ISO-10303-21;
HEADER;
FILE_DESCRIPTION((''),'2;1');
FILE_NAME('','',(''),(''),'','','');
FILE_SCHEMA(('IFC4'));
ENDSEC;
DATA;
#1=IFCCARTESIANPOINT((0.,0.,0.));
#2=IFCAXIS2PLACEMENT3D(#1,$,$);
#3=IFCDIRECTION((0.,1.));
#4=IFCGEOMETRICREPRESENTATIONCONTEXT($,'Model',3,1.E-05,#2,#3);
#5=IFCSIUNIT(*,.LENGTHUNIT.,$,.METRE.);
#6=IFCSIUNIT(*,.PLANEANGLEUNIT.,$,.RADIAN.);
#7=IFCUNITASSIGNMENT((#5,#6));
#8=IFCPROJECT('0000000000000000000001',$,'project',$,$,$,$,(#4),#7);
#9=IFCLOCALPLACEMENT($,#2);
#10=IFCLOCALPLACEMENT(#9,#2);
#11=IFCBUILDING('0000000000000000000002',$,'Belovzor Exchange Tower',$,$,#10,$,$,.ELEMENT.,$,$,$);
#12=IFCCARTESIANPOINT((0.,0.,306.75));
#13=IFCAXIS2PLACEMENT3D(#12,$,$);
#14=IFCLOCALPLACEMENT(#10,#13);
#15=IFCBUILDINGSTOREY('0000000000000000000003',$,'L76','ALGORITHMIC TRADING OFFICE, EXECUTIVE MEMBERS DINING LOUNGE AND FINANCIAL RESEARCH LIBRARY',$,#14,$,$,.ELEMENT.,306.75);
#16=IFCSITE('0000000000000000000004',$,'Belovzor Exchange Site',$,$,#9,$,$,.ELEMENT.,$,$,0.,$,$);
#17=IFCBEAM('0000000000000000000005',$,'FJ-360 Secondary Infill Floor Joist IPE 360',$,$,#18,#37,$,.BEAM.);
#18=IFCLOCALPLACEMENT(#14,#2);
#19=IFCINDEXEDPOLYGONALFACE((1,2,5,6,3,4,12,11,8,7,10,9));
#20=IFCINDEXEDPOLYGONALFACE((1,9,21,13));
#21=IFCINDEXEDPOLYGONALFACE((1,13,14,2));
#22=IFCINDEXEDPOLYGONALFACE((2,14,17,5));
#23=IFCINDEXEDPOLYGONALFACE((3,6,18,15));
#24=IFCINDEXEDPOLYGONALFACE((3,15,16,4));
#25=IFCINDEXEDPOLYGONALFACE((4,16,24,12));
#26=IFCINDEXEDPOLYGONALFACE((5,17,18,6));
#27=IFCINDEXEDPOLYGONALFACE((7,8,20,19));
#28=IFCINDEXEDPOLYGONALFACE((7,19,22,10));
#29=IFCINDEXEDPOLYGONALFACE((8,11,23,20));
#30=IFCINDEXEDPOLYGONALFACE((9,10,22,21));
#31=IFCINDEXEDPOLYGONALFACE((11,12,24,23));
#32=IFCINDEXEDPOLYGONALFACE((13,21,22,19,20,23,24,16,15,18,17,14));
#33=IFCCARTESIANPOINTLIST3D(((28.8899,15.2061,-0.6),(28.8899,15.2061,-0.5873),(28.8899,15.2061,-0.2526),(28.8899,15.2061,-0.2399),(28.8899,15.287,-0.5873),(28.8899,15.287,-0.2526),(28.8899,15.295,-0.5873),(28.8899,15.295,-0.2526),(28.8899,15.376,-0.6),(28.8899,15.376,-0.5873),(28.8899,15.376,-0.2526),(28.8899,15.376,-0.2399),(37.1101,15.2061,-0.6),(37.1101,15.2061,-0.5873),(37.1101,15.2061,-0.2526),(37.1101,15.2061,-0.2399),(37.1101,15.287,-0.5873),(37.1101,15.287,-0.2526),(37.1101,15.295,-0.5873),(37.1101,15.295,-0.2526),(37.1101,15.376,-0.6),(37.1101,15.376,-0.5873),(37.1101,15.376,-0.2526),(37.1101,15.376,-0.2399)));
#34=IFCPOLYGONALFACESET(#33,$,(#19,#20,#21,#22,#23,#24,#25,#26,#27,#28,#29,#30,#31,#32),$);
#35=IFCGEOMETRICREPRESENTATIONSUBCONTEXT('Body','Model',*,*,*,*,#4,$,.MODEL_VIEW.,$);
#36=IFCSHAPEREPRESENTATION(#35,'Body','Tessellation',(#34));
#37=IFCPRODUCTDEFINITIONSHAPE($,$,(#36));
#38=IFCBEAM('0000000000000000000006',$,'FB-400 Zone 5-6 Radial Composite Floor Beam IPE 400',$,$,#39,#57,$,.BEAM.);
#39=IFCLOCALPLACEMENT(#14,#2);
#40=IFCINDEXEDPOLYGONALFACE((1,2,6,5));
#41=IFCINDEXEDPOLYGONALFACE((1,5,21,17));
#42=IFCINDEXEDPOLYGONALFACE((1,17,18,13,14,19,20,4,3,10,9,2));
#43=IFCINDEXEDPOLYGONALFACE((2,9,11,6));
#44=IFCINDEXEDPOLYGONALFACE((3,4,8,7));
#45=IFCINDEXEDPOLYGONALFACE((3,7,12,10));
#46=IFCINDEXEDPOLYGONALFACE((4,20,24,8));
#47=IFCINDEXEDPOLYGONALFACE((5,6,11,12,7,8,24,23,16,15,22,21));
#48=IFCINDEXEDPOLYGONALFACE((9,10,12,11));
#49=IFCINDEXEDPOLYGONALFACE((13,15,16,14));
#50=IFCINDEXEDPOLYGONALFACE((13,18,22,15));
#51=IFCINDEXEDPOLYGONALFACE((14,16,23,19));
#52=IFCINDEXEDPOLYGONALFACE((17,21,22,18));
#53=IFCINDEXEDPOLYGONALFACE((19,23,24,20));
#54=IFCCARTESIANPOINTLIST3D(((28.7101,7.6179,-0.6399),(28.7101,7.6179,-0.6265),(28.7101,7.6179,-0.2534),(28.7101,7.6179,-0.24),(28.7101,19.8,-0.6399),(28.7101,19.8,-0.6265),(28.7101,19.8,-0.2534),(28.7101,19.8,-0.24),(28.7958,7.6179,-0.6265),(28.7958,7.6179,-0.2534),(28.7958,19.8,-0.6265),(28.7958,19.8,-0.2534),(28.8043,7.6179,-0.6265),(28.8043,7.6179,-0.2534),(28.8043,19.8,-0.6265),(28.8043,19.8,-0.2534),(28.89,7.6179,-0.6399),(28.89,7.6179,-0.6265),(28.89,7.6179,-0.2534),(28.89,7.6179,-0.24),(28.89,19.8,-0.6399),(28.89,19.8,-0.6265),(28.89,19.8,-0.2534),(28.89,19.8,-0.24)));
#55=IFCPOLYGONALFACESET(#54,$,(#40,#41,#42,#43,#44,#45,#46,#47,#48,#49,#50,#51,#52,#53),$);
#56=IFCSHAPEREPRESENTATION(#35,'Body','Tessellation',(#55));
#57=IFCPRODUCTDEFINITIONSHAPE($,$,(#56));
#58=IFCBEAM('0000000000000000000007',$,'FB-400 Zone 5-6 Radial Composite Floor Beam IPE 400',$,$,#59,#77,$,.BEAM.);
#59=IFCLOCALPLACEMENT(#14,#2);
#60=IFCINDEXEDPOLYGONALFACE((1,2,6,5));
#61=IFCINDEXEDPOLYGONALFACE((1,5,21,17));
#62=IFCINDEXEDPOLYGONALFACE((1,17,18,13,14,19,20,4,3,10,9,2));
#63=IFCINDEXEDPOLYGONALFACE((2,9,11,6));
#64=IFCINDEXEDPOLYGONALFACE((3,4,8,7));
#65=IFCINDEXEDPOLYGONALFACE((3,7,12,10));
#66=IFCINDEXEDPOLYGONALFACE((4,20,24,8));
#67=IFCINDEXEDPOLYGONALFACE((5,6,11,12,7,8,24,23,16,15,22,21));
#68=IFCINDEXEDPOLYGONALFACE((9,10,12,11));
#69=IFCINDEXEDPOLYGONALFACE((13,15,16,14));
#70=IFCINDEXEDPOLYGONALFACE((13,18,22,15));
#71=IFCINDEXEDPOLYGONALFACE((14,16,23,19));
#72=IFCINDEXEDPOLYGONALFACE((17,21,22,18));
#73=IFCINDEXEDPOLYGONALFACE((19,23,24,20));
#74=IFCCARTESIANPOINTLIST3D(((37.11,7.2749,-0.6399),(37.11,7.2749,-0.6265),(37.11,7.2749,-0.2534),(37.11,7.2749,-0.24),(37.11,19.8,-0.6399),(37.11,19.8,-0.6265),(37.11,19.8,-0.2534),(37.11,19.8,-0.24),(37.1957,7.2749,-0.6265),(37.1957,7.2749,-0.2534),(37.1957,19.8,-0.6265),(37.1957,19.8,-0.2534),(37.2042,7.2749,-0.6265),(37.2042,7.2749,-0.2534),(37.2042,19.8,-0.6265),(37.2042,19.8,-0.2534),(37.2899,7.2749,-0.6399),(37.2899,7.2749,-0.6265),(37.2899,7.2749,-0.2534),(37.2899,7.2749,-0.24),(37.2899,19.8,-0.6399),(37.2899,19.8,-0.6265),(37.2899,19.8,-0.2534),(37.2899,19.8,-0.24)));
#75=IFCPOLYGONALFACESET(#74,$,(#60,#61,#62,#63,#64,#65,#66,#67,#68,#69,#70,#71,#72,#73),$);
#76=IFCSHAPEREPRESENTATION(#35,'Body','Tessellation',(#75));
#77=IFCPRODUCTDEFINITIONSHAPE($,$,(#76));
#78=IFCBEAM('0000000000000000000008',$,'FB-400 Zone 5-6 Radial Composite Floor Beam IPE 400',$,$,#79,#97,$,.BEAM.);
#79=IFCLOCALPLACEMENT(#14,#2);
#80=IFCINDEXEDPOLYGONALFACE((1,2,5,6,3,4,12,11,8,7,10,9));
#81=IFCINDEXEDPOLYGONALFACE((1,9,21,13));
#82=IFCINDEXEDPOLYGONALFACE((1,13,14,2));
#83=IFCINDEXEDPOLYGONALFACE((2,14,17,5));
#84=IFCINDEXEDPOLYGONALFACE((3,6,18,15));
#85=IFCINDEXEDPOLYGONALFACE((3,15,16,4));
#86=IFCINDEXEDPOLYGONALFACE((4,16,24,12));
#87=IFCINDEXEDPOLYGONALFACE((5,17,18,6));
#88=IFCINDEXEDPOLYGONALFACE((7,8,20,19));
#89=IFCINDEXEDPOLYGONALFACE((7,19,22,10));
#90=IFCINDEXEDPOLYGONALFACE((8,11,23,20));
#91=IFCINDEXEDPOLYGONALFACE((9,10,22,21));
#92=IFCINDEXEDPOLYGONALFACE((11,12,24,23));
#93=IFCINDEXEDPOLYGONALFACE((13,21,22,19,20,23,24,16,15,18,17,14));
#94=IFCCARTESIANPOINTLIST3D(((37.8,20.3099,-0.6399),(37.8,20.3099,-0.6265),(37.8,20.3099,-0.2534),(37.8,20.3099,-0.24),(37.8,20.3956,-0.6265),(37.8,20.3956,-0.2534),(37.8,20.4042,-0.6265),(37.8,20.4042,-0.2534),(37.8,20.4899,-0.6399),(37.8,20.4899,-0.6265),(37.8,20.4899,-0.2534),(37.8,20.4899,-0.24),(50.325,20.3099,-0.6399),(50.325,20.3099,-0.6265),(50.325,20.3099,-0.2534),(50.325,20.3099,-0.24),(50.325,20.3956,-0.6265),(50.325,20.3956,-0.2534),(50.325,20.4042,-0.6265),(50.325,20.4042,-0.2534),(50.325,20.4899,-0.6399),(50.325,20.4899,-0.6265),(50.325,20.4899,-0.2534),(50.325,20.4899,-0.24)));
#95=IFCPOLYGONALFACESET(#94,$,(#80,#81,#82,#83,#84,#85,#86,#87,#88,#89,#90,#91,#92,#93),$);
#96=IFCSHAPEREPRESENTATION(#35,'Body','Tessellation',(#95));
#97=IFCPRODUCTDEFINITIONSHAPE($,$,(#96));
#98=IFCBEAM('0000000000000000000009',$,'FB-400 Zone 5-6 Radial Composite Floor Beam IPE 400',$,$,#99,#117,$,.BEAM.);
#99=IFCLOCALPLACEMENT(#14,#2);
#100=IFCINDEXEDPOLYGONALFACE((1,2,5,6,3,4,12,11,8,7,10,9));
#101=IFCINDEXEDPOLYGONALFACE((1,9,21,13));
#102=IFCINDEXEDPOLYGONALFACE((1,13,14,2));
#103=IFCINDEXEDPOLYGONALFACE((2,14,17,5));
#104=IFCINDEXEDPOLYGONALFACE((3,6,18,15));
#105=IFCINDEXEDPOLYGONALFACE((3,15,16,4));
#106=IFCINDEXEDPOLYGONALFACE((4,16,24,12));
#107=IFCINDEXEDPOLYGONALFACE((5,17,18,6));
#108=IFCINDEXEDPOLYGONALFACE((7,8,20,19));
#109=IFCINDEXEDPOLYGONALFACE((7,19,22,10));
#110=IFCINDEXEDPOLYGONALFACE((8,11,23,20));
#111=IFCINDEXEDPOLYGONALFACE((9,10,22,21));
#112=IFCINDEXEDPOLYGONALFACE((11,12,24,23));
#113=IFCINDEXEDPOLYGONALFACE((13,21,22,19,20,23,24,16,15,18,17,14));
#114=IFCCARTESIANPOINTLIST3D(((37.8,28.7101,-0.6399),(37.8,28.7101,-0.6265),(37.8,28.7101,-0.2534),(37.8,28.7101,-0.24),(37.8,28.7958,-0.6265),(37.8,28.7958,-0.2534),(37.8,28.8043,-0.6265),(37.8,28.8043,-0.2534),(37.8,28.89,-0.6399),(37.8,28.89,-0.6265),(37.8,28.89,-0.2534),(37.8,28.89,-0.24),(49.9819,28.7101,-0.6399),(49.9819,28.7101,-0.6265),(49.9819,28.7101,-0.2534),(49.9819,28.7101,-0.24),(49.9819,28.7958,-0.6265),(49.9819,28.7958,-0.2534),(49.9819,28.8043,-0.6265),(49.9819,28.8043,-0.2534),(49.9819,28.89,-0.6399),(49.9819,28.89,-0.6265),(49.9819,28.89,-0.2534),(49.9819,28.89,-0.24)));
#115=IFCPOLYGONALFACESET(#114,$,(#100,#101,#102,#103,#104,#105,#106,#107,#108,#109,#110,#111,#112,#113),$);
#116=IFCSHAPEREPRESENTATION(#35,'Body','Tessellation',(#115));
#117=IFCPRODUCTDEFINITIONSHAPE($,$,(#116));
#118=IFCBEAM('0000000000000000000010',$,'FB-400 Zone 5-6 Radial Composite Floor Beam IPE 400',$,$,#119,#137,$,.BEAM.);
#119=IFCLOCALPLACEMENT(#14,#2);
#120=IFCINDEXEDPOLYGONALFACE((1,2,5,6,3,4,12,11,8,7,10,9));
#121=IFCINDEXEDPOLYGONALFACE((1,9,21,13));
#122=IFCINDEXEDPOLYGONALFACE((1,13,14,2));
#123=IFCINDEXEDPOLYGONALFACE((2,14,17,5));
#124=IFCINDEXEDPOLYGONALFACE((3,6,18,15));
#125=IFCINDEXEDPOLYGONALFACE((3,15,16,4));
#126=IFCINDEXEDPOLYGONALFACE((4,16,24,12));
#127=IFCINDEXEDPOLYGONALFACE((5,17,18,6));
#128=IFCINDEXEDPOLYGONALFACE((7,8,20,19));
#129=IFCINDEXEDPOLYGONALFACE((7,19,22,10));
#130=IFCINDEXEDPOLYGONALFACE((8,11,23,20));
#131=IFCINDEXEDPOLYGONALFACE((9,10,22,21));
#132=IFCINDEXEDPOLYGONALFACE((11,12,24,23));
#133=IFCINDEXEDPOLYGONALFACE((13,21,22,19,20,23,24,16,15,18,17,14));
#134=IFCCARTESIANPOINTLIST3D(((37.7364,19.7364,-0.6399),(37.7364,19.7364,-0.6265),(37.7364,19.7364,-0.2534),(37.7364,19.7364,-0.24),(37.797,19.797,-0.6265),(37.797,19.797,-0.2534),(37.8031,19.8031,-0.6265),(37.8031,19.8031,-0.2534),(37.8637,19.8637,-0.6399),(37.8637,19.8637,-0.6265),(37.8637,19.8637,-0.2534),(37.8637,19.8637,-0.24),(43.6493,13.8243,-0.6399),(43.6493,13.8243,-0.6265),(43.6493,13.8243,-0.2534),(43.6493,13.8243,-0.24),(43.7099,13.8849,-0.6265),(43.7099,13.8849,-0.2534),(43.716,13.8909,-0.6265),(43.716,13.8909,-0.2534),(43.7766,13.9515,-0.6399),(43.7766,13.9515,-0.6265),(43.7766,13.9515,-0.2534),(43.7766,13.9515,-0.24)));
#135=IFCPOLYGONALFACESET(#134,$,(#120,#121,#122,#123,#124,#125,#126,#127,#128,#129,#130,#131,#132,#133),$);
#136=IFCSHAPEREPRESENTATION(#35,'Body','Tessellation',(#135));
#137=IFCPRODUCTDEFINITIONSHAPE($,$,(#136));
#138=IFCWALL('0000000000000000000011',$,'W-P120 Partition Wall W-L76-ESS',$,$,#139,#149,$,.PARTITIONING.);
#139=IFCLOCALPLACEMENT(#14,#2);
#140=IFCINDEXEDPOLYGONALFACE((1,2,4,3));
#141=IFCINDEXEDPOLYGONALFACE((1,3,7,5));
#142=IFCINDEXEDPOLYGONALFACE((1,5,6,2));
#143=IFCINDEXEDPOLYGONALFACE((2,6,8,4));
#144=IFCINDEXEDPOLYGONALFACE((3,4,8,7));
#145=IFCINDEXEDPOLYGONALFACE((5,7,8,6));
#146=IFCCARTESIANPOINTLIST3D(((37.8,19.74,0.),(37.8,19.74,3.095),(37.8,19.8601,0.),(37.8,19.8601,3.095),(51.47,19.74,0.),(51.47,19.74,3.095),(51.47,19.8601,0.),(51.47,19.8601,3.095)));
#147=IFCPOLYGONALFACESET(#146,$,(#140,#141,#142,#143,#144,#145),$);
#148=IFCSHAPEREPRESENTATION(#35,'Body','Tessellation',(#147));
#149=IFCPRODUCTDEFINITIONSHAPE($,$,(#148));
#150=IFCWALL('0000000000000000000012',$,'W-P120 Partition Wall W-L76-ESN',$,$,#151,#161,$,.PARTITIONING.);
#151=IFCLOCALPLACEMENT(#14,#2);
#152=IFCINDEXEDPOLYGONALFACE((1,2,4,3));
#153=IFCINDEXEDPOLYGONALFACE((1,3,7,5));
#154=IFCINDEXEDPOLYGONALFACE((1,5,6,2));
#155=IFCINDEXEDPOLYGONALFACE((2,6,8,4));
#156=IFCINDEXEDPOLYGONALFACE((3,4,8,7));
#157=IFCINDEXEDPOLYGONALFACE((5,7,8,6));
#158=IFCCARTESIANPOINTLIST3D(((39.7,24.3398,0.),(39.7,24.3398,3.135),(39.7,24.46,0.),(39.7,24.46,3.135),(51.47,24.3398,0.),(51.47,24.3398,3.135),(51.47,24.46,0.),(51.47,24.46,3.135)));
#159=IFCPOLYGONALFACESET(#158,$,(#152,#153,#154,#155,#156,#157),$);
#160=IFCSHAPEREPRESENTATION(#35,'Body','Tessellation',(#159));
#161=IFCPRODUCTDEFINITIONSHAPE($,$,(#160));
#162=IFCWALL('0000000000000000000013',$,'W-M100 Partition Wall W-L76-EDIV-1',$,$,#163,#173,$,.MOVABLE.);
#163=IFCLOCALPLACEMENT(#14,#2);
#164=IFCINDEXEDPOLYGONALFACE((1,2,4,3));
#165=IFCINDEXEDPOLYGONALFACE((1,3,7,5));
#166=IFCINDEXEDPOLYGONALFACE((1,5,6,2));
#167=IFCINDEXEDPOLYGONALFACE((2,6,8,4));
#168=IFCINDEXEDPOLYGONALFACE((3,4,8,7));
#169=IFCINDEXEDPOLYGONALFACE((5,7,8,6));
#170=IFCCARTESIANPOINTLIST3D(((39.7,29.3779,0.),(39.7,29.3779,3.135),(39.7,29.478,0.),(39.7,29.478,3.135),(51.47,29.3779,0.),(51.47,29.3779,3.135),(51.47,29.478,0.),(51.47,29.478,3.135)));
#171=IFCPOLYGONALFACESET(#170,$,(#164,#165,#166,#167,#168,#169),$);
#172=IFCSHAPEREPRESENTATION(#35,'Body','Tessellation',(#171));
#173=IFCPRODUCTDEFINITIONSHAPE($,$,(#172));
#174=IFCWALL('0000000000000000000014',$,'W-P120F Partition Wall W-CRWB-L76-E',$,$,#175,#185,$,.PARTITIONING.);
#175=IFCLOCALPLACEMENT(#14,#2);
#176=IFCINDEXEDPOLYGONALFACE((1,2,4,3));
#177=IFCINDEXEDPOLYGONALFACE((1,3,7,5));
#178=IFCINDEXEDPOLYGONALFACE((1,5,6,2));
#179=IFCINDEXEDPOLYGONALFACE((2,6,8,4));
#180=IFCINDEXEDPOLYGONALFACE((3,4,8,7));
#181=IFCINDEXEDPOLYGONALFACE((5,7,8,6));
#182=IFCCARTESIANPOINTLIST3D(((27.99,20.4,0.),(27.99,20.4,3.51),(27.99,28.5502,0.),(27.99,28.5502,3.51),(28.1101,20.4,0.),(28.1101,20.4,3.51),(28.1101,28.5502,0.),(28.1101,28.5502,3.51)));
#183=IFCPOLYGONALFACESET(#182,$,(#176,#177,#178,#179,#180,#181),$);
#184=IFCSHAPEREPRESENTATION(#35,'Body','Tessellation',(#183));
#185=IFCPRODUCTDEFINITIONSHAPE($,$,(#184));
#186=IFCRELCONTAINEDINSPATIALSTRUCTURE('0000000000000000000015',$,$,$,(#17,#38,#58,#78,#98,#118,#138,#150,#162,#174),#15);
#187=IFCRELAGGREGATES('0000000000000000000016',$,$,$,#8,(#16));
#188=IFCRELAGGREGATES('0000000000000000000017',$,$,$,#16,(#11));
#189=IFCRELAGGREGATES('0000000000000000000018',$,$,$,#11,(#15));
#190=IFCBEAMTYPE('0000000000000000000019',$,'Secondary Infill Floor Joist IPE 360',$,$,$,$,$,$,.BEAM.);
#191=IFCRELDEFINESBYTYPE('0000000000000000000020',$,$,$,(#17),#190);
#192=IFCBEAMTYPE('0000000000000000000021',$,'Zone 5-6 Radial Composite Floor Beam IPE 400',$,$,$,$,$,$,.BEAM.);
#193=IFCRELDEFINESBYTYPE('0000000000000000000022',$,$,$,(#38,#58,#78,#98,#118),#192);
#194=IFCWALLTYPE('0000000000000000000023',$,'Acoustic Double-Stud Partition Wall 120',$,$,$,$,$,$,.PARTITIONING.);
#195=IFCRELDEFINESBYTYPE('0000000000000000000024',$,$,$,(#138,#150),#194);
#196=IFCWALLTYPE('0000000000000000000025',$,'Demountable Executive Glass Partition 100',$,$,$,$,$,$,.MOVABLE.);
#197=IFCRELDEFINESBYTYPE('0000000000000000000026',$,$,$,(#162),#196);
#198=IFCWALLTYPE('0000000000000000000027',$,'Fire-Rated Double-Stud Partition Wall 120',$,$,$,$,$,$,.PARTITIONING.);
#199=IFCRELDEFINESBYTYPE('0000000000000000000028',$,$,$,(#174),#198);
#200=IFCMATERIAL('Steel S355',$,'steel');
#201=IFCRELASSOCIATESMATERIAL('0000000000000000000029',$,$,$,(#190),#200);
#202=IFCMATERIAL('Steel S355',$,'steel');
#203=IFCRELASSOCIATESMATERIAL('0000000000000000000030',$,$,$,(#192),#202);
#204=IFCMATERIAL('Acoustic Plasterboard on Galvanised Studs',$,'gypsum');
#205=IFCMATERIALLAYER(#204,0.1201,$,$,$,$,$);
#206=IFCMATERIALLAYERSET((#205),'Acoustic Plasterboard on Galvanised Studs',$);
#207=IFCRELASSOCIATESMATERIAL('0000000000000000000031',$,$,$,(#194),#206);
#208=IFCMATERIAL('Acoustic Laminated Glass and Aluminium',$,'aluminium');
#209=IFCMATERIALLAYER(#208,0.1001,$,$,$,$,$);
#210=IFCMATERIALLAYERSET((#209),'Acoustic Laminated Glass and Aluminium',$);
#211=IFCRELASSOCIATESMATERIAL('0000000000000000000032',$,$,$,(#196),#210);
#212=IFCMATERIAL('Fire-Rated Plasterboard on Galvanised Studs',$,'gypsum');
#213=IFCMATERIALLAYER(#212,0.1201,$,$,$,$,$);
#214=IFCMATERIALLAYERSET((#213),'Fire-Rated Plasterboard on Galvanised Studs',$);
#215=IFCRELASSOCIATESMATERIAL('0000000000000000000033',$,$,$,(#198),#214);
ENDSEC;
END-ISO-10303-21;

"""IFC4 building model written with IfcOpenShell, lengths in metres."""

from ifc_helpers import new_model, si_unit, direction, frame, frame_2d, origin, origin_2d, place, context, subcontext, project, spatial, rectangle, i_section, extrude, material, layer, layer_set, material_profile, profile_set, type_object, element, save


model = new_model("IFC4")

# Units and contexts
model_context = context("Model", 3, precision=1e-05, world=origin(), true_north=direction((0.0, 1.0)))
body_context = subcontext(model_context, "Body", "Model", "MODEL_VIEW")
ifc_project = project(units=[si_unit("LENGTHUNIT", "METRE"), si_unit("PLANEANGLEUNIT", "RADIAN")], contexts=[model_context])

# Site, building, storey
site_placement = place(None, origin())
site = spatial("IfcSite", under=ifc_project, at=site_placement, Name="Belovzor Exchange Site", CompositionType="ELEMENT", RefElevation=0.0)
building_placement = place(site_placement, origin())
building = spatial("IfcBuilding", under=site, at=building_placement, Name="Belovzor Exchange Tower", CompositionType="ELEMENT")
storey_placement = place(building_placement, frame((0.0, 0.0, 306.75)))
storey = spatial("IfcBuildingStorey", under=building, at=storey_placement, Name="L76", Description="ALGORITHMIC TRADING OFFICE, EXECUTIVE MEMBERS DINING LOUNGE AND FINANCIAL RESEARCH LIBRARY", CompositionType="ELEMENT", Elevation=306.75)

# Beams
ifc_material_1 = material(Name="Steel S355", Category="steel")
ifc_material_profile_1 = material_profile(ifc_material_1, i_section(OverallWidth=0.1699, OverallDepth=0.3601, WebThickness=0.0081, FlangeThickness=0.0127, at=origin_2d()))
ifc_profile_set_1 = profile_set([ifc_material_profile_1], Name="Steel S355")
beam_type_1 = type_object("IfcBeamType", Name="Secondary Infill Floor Joist IPE 360", PredefinedType="BEAM", material=ifc_profile_set_1)
beam_1_placement = place(storey_placement, frame((28.8899, 15.291, -0.4199), z_axis=(1.0, 0.0, 0.0), x_axis=(0.0, 1.0, 0.0)))
element("IfcBeam", 1, at=beam_1_placement, inside=storey, type_object=beam_type_1, Name="FJ-360 Secondary Infill Floor Joist IPE 360", PredefinedType="BEAM", context=body_context, shape_type="SweptSolid", body=[
    extrude(i_section(OverallWidth=0.1699, OverallDepth=0.3601, WebThickness=0.0081, FlangeThickness=0.0127, at=origin_2d()), origin(), (0.0, 0.0, 1.0), 8.2202),
])
ifc_material_2 = material(Name="Steel S355", Category="steel")
ifc_material_profile_2 = material_profile(ifc_material_2, i_section(OverallWidth=0.1799, OverallDepth=0.3999, WebThickness=0.0085, FlangeThickness=0.0134, at=origin_2d()))
ifc_profile_set_2 = profile_set([ifc_material_profile_2], Name="Steel S355")
beam_type_2 = type_object("IfcBeamType", Name="Zone 5-6 Radial Composite Floor Beam IPE 400", PredefinedType="BEAM", material=ifc_profile_set_2)
beam_2_placement = place(storey_placement, frame((28.8, 19.8, -0.4399), z_axis=(0.0, -1.0, 0.0), x_axis=(1.0, 0.0, 0.0)))
element("IfcBeam", 2, at=beam_2_placement, inside=storey, type_object=beam_type_2, Name="FB-400 Zone 5-6 Radial Composite Floor Beam IPE 400", PredefinedType="BEAM", context=body_context, shape_type="SweptSolid", body=[
    extrude(i_section(OverallWidth=0.1799, OverallDepth=0.3999, WebThickness=0.0085, FlangeThickness=0.0134, at=origin_2d()), origin(), (0.0, 0.0, 1.0), 12.1821),
])
beam_3_placement = place(storey_placement, frame((37.2, 19.8, -0.4399), z_axis=(0.0, -1.0, 0.0), x_axis=(1.0, 0.0, 0.0)))
element("IfcBeam", 3, at=beam_3_placement, inside=storey, type_object=beam_type_2, Name="FB-400 Zone 5-6 Radial Composite Floor Beam IPE 400", PredefinedType="BEAM", context=body_context, shape_type="SweptSolid", body=[
    extrude(i_section(OverallWidth=0.1799, OverallDepth=0.3999, WebThickness=0.0085, FlangeThickness=0.0134, at=origin_2d()), origin(), (0.0, 0.0, 1.0), 12.5251),
])
beam_4_placement = place(storey_placement, frame((37.8, 20.3999, -0.4399), z_axis=(1.0, 0.0, 0.0), x_axis=(0.0, 1.0, 0.0)))
element("IfcBeam", 4, at=beam_4_placement, inside=storey, type_object=beam_type_2, Name="FB-400 Zone 5-6 Radial Composite Floor Beam IPE 400", PredefinedType="BEAM", context=body_context, shape_type="SweptSolid", body=[
    extrude(i_section(OverallWidth=0.1799, OverallDepth=0.3999, WebThickness=0.0085, FlangeThickness=0.0134, at=origin_2d()), origin(), (0.0, 0.0, 1.0), 12.5249),
])
beam_5_placement = place(storey_placement, frame((37.8, 28.8, -0.4399), z_axis=(1.0, 0.0, 0.0), x_axis=(0.0, 1.0, 0.0)))
element("IfcBeam", 5, at=beam_5_placement, inside=storey, type_object=beam_type_2, Name="FB-400 Zone 5-6 Radial Composite Floor Beam IPE 400", PredefinedType="BEAM", context=body_context, shape_type="SweptSolid", body=[
    extrude(i_section(OverallWidth=0.1799, OverallDepth=0.3999, WebThickness=0.0085, FlangeThickness=0.0134, at=origin_2d()), origin(), (0.0, 0.0, 1.0), 12.1819),
])
beam_6_placement = place(storey_placement, frame((37.8, 19.8, -0.4399), z_axis=(0.707151, -0.707063, 0.0), x_axis=(0.707063, 0.707151, 0.0)))
element("IfcBeam", 6, at=beam_6_placement, inside=storey, type_object=beam_type_2, Name="FB-400 Zone 5-6 Radial Composite Floor Beam IPE 400", PredefinedType="BEAM", context=body_context, shape_type="SweptSolid", body=[
    extrude(i_section(OverallWidth=0.1799, OverallDepth=0.3999, WebThickness=0.0085, FlangeThickness=0.0134, at=origin_2d()), origin(), (0.0, 0.0, 1.0), 8.3616),
])

# Walls
ifc_material_3 = material(Name="Acoustic Plasterboard on Galvanised Studs", Category="gypsum")
ifc_layer_1 = layer(ifc_material_3, 0.1201)
ifc_layer_set_1 = layer_set([ifc_layer_1], Name="Acoustic Plasterboard on Galvanised Studs")
wall_type_1 = type_object("IfcWallType", Name="Acoustic Double-Stud Partition Wall 120", PredefinedType="PARTITIONING", material=ifc_layer_set_1)
wall_1_placement = place(storey_placement, frame((37.8, 19.8, 0.0), z_axis=(0.0, 0.0, 1.0), x_axis=(1.0, 0.0, 0.0)))
element("IfcWall", 7, at=wall_1_placement, inside=storey, type_object=wall_type_1, Name="W-P120 Partition Wall W-L76-ESS", PredefinedType="PARTITIONING", context=body_context, shape_type="SweptSolid", body=[
    extrude(rectangle(XDim=13.6699, YDim=0.1201, at=frame_2d((6.835, 0.0))), origin(), (0.0, 0.0, 1.0), 3.095),
])
wall_2_placement = place(storey_placement, frame((39.7, 24.3999, 0.0), z_axis=(0.0, 0.0, 1.0), x_axis=(1.0, 0.0, 0.0)))
element("IfcWall", 8, at=wall_2_placement, inside=storey, type_object=wall_type_1, Name="W-P120 Partition Wall W-L76-ESN", PredefinedType="PARTITIONING", context=body_context, shape_type="SweptSolid", body=[
    extrude(rectangle(XDim=11.77, YDim=0.1201, at=frame_2d((5.885, 0.0))), origin(), (0.0, 0.0, 1.0), 3.135),
])
ifc_material_4 = material(Name="Acoustic Laminated Glass and Aluminium", Category="aluminium")
ifc_layer_2 = layer(ifc_material_4, 0.1001)
ifc_layer_set_2 = layer_set([ifc_layer_2], Name="Acoustic Laminated Glass and Aluminium")
wall_type_2 = type_object("IfcWallType", Name="Demountable Executive Glass Partition 100", PredefinedType="MOVABLE", material=ifc_layer_set_2)
wall_3_placement = place(storey_placement, frame((39.7, 29.428, 0.0), z_axis=(0.0, 0.0, 1.0), x_axis=(1.0, 0.0, 0.0)))
element("IfcWall", 9, at=wall_3_placement, inside=storey, type_object=wall_type_2, Name="W-M100 Partition Wall W-L76-EDIV-1", PredefinedType="MOVABLE", context=body_context, shape_type="SweptSolid", body=[
    extrude(rectangle(XDim=11.77, YDim=0.1001, at=frame_2d((5.885, 0.0))), origin(), (0.0, 0.0, 1.0), 3.135),
])
ifc_material_5 = material(Name="Fire-Rated Plasterboard on Galvanised Studs", Category="gypsum")
ifc_layer_3 = layer(ifc_material_5, 0.1201)
ifc_layer_set_3 = layer_set([ifc_layer_3], Name="Fire-Rated Plasterboard on Galvanised Studs")
wall_type_3 = type_object("IfcWallType", Name="Fire-Rated Double-Stud Partition Wall 120", PredefinedType="PARTITIONING", material=ifc_layer_set_3)
wall_4_placement = place(storey_placement, frame((28.05, 20.3999, 0.0), z_axis=(0.0, 0.0, 1.0), x_axis=(0.0, 1.0, 0.0)))
element("IfcWall", 10, at=wall_4_placement, inside=storey, type_object=wall_type_3, Name="W-P120F Partition Wall W-CRWB-L76-E", PredefinedType="PARTITIONING", context=body_context, shape_type="SweptSolid", body=[
    extrude(rectangle(XDim=8.1501, YDim=0.1201, at=frame_2d((4.0752, 0.0))), origin(), (0.0, 0.0, 1.0), 3.51),
])

save(model, "model.ifc")
